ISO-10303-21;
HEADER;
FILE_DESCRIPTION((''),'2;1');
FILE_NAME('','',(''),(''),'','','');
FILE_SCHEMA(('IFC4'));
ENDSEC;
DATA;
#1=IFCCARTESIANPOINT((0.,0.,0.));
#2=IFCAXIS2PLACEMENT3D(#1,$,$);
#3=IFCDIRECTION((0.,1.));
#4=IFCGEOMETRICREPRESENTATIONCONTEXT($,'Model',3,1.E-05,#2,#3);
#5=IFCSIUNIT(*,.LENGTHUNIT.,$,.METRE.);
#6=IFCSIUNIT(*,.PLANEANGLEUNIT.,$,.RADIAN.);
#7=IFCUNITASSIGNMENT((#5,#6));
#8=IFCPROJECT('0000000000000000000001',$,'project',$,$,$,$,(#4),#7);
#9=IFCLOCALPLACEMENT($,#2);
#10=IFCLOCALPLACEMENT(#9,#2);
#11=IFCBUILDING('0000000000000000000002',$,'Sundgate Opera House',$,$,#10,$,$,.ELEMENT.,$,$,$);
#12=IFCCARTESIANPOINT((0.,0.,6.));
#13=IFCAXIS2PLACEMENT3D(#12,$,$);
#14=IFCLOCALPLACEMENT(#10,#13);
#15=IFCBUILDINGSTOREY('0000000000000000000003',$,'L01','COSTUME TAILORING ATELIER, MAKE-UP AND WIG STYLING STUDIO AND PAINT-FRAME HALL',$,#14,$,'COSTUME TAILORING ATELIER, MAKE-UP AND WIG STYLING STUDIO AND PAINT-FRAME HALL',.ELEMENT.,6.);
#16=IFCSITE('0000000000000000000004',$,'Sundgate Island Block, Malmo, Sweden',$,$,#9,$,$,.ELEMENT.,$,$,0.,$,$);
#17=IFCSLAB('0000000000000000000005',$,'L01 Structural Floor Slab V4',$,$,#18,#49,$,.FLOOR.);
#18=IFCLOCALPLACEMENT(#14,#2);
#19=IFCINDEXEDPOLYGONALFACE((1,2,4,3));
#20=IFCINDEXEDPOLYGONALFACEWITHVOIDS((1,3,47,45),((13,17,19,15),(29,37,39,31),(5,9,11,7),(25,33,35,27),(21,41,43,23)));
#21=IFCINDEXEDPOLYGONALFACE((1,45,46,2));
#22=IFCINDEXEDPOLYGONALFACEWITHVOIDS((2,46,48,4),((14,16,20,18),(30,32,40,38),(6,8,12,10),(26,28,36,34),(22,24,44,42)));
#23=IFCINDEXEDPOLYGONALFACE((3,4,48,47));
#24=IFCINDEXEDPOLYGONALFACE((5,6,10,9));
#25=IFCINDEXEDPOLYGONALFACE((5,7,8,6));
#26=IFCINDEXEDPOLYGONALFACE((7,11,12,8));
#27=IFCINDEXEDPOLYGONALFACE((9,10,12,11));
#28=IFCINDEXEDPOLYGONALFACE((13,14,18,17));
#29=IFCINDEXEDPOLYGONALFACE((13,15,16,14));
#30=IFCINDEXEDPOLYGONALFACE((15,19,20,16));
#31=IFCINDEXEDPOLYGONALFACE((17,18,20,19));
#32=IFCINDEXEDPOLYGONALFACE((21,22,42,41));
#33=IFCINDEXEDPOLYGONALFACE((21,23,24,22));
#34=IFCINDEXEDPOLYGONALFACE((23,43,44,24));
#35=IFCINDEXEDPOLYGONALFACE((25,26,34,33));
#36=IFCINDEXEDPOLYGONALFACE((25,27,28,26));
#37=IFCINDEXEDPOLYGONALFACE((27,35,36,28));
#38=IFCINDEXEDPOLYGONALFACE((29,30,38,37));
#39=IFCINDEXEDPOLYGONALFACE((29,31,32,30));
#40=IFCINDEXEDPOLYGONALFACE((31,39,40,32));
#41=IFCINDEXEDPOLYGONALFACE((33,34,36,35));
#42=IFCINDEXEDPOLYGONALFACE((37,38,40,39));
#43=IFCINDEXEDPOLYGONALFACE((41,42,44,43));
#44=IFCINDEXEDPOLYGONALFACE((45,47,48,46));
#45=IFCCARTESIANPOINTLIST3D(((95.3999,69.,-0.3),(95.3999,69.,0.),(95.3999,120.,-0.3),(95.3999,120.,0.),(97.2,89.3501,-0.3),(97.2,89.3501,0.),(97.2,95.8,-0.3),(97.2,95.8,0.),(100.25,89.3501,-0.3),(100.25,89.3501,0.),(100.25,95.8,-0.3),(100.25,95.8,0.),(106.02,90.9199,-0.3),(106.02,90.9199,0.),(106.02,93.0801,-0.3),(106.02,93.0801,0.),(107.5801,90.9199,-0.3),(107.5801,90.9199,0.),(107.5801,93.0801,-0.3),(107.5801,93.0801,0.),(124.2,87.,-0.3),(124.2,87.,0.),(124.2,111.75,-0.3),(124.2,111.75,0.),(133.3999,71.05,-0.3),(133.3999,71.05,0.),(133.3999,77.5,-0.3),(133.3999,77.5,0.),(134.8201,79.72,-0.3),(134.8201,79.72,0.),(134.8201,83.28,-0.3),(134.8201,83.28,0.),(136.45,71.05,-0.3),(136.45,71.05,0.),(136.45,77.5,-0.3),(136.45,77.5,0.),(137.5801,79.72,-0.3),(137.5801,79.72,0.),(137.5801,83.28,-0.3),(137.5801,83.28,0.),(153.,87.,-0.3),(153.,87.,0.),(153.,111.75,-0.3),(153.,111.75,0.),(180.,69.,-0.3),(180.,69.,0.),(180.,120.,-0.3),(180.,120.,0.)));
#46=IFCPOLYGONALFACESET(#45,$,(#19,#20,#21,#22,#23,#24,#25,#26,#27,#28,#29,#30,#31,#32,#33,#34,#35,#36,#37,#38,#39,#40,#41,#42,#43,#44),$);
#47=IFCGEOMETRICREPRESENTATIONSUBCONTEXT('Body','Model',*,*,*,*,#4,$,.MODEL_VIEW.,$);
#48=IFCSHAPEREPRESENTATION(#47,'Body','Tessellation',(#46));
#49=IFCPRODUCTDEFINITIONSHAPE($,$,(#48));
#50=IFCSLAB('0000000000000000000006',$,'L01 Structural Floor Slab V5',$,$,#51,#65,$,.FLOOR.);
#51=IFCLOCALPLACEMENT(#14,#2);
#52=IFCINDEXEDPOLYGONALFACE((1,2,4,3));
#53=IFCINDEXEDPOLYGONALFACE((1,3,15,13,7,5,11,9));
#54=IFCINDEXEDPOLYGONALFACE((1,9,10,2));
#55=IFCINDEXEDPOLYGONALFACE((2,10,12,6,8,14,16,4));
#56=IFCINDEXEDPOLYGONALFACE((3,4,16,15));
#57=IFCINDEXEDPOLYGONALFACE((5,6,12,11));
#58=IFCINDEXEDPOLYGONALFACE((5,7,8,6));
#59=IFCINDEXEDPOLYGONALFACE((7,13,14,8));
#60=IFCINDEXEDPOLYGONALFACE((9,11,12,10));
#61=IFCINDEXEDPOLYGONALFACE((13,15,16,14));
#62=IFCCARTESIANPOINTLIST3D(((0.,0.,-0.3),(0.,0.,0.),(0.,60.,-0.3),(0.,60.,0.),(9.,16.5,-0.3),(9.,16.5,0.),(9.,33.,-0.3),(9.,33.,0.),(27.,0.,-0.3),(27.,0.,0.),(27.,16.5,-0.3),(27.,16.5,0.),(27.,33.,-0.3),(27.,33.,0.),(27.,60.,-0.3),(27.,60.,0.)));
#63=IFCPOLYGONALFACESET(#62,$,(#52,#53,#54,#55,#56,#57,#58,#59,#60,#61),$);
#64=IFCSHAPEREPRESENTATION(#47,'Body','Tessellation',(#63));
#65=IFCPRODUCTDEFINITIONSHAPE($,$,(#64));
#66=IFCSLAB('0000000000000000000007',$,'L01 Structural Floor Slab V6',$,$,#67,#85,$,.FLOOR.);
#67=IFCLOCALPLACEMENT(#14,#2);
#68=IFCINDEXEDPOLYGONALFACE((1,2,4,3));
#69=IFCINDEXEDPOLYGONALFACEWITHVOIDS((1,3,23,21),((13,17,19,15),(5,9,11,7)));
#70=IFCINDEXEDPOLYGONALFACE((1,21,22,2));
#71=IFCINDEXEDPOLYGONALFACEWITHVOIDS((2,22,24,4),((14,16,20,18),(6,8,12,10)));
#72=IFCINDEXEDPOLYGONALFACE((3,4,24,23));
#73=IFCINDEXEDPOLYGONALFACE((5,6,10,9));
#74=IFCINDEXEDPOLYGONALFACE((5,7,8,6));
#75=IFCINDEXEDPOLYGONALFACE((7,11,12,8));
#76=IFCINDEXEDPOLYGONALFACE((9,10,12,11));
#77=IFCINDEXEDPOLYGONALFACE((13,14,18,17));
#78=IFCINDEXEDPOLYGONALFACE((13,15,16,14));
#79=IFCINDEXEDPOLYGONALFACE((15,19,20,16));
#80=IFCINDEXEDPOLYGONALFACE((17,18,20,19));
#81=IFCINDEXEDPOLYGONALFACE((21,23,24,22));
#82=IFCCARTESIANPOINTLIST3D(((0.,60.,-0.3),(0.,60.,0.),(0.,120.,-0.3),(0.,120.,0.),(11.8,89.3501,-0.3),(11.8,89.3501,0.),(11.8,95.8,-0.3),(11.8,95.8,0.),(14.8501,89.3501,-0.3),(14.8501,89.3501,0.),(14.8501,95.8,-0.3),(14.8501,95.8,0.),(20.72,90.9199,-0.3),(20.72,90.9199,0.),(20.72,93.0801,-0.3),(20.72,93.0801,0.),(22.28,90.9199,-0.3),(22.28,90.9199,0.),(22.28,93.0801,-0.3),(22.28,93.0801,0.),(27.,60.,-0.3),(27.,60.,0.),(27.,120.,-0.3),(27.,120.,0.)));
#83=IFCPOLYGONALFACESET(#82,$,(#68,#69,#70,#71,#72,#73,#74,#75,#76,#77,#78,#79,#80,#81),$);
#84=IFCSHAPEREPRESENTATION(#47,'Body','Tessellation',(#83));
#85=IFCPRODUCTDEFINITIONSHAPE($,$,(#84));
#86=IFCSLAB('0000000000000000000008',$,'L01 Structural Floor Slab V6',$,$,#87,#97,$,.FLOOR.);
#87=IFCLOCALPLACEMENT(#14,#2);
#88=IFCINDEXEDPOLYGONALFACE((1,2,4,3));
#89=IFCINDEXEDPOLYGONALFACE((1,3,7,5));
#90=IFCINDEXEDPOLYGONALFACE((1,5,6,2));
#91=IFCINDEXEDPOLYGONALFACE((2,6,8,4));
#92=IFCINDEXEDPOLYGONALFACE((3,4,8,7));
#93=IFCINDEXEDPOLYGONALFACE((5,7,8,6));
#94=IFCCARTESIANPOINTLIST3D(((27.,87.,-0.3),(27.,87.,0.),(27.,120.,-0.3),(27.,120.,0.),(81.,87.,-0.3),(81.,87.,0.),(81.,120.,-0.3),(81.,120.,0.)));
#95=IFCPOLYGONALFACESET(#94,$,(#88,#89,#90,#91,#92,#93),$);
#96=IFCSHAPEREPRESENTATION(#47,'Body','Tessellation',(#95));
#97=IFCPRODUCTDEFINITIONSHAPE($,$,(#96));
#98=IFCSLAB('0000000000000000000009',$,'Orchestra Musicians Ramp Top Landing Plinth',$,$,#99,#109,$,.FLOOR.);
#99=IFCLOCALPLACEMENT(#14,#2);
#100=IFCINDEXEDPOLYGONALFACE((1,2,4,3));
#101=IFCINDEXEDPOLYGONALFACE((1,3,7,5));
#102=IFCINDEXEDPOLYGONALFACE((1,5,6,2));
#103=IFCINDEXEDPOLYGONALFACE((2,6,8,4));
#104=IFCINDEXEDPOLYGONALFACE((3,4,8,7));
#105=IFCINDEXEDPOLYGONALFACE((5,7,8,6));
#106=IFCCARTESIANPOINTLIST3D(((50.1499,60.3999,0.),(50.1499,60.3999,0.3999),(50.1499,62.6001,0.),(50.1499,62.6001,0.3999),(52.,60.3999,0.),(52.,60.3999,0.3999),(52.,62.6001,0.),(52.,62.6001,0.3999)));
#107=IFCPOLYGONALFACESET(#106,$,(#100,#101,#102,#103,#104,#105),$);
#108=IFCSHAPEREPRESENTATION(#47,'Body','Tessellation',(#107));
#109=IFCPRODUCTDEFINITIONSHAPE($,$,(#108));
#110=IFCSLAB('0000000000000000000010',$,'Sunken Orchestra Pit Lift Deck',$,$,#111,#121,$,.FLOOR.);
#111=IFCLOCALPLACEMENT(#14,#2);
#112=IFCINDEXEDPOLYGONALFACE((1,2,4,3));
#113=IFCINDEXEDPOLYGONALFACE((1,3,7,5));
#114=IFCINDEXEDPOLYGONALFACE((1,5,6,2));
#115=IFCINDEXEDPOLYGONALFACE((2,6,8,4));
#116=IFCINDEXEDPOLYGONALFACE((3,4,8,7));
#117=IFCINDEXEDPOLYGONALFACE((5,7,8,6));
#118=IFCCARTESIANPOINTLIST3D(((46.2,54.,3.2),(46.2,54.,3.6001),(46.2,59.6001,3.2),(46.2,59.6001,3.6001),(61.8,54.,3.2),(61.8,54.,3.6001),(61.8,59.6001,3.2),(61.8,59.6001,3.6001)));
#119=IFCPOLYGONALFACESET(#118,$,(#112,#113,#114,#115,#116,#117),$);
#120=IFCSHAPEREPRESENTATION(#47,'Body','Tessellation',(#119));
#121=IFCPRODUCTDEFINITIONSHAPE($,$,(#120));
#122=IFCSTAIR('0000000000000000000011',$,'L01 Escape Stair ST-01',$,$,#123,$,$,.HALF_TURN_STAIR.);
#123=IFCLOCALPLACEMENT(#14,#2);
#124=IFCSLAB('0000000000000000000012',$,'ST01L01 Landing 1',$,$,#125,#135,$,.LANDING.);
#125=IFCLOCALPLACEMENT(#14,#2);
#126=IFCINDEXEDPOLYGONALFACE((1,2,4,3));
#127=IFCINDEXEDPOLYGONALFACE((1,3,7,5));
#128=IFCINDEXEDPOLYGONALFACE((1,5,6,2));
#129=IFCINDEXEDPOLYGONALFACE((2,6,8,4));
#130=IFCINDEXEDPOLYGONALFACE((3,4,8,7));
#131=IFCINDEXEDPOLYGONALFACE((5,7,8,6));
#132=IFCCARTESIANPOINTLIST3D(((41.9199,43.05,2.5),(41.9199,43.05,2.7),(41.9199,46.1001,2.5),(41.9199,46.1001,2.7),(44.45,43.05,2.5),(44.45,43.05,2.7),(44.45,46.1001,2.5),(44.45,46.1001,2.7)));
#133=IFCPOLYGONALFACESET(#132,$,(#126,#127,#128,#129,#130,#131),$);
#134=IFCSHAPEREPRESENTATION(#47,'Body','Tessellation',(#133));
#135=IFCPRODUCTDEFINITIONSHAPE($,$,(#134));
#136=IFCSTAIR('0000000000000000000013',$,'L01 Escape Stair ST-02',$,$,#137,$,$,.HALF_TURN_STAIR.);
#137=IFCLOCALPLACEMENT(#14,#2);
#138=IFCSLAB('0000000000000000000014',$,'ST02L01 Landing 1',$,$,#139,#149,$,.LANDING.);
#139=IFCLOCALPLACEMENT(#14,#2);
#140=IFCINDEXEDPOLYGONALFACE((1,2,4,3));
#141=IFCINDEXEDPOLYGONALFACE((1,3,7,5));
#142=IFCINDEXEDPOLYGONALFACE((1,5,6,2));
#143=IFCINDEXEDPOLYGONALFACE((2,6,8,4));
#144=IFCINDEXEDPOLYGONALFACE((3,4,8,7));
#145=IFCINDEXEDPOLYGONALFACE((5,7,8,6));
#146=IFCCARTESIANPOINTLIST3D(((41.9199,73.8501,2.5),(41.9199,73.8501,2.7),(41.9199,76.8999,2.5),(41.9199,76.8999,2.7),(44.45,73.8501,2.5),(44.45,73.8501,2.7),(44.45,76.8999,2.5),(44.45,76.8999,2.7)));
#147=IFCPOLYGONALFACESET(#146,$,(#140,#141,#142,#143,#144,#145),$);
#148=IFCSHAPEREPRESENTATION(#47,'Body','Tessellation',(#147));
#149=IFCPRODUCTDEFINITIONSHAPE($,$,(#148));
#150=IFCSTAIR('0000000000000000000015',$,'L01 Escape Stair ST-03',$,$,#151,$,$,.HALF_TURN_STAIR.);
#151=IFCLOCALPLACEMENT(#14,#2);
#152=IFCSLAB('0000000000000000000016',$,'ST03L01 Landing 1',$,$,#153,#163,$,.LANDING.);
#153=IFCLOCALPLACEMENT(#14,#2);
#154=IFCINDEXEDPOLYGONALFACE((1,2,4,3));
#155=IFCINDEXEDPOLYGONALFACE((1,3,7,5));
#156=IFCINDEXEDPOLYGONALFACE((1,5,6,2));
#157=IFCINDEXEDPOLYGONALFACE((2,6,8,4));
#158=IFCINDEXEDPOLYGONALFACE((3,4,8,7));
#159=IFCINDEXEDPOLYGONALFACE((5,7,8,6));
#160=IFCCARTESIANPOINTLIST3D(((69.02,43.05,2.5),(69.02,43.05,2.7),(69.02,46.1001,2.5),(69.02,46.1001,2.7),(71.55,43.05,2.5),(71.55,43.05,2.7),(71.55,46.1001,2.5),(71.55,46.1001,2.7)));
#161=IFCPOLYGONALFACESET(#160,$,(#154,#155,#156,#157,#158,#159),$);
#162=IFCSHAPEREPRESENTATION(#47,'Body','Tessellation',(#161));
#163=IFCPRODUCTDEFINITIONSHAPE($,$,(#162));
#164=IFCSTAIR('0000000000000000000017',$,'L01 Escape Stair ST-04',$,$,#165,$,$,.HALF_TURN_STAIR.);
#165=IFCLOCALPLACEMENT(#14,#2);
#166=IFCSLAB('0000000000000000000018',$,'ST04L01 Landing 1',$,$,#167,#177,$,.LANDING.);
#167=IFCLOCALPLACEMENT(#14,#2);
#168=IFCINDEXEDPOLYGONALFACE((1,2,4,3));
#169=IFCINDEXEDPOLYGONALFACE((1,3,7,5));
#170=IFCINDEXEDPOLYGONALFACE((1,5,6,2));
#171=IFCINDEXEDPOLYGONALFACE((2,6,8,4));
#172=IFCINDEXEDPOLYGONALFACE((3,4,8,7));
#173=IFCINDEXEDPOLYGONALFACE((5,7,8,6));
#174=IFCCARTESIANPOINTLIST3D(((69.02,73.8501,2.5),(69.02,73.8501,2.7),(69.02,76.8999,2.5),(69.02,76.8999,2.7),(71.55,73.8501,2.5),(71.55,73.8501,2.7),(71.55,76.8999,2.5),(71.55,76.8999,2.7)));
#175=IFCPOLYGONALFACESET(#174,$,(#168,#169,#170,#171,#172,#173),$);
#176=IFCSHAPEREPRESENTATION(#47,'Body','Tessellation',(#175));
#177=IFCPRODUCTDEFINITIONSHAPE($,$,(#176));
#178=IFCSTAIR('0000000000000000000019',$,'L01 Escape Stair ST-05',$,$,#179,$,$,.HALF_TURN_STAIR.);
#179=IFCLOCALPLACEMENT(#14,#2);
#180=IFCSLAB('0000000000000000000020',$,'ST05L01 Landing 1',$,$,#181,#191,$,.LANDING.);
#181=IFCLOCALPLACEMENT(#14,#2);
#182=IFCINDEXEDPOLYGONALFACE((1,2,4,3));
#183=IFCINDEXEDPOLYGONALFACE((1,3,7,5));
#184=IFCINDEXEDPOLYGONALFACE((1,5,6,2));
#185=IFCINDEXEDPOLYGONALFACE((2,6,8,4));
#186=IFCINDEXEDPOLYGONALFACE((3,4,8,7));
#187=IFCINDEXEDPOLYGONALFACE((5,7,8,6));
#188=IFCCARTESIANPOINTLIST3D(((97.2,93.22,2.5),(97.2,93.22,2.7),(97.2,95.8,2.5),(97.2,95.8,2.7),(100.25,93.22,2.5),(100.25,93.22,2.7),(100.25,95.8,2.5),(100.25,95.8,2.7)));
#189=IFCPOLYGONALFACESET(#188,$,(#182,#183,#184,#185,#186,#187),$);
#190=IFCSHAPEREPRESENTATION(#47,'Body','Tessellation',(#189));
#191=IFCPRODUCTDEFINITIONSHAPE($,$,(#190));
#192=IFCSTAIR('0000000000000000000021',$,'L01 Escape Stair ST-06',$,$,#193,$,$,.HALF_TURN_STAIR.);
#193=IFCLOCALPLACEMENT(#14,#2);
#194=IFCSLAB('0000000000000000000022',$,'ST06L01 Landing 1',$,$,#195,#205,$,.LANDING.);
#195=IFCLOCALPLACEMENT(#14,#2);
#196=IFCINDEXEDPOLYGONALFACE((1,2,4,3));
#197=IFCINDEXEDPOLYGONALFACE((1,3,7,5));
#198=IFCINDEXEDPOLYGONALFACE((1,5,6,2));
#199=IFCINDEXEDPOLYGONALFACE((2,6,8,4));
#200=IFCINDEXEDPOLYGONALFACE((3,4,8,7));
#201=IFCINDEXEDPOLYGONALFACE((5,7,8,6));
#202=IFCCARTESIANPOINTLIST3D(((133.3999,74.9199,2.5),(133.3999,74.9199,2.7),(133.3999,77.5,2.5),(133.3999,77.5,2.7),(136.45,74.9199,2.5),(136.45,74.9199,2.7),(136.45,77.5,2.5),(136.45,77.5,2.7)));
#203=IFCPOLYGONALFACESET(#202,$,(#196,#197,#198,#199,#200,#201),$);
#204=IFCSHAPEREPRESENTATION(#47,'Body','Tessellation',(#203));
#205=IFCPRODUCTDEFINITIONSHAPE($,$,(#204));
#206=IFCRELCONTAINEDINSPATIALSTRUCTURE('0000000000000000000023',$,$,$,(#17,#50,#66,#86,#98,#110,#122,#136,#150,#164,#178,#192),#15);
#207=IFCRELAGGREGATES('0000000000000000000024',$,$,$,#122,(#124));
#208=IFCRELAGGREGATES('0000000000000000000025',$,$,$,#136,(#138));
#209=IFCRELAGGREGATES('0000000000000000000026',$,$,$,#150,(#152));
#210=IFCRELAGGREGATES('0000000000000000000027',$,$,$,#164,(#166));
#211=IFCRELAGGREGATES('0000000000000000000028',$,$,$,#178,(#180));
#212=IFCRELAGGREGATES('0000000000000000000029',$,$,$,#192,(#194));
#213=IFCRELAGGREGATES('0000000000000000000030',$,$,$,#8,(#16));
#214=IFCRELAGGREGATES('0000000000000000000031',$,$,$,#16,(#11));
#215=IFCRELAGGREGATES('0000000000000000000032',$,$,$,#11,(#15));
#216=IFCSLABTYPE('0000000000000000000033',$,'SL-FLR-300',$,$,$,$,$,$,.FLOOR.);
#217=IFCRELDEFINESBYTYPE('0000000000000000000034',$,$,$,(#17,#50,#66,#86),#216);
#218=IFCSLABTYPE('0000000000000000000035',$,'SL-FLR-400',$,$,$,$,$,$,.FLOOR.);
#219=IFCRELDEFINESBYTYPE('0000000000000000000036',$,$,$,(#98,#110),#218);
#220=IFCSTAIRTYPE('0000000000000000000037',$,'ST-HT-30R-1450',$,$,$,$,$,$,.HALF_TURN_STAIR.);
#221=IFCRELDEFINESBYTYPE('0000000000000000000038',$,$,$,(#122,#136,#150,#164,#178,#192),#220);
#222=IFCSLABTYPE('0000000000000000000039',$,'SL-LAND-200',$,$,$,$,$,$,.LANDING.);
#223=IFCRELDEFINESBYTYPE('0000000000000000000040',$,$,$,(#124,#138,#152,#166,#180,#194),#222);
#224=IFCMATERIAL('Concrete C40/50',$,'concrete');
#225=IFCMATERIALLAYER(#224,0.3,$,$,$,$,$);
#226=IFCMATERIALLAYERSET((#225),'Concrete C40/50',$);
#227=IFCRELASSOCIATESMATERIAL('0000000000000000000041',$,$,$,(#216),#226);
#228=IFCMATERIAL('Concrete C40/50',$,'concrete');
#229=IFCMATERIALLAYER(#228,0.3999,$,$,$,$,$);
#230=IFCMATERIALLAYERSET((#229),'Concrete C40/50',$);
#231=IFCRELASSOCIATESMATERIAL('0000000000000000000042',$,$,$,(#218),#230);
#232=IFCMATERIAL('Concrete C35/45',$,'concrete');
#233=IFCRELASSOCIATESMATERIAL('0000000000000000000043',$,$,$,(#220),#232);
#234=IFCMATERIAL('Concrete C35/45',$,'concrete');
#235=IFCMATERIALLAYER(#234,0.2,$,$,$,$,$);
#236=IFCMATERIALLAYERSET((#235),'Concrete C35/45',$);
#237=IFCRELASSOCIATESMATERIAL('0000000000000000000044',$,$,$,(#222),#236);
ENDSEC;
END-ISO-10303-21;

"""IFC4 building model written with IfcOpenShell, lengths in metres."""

from ifc_helpers import new_model, si_unit, direction, frame, origin, place, context, subcontext, project, spatial, polyline, outline, extrude, material, layer, layer_set, type_object, element, aggregate, save


model = new_model("IFC4")

# Units and contexts
model_context = context("Model", 3, precision=1e-05, world=origin(), true_north=direction((0.0, 1.0)))
body_context = subcontext(model_context, "Body", "Model", "MODEL_VIEW")
ifc_project = project(units=[si_unit("LENGTHUNIT", "METRE"), si_unit("PLANEANGLEUNIT", "RADIAN")], contexts=[model_context])

# Site, building, storey
site_placement = place(None, origin())
site = spatial("IfcSite", under=ifc_project, at=site_placement, Name="Sundgate Island Block, Malmo, Sweden", CompositionType="ELEMENT", RefElevation=0.0)
building_placement = place(site_placement, origin())
building = spatial("IfcBuilding", under=site, at=building_placement, Name="Sundgate Opera House", CompositionType="ELEMENT")
storey_placement = place(building_placement, frame((0.0, 0.0, 6.0)))
storey = spatial("IfcBuildingStorey", under=building, at=storey_placement, Name="L01", Description="COSTUME TAILORING ATELIER, MAKE-UP AND WIG STYLING STUDIO AND PAINT-FRAME HALL", LongName="COSTUME TAILORING ATELIER, MAKE-UP AND WIG STYLING STUDIO AND PAINT-FRAME HALL", CompositionType="ELEMENT", Elevation=6.0)

# Slabs
ifc_material_1 = material(Name="Concrete C40/50", Category="concrete")
ifc_layer_1 = layer(ifc_material_1, 0.3)
ifc_layer_set_1 = layer_set([ifc_layer_1], Name="Concrete C40/50")
slab_type_1 = type_object("IfcSlabType", Name="SL-FLR-300", PredefinedType="FLOOR", material=ifc_layer_set_1)
slab_1_placement = place(storey_placement, frame((0.0, 0.0, -0.3)))
element("IfcSlab", 1, at=slab_1_placement, inside=storey, type_object=slab_type_1, Name="L01 Structural Floor Slab V4", PredefinedType="FLOOR", context=body_context, shape_type="SweptSolid", body=[
    extrude(outline(polyline([(95.3999, 69.0), (180.0, 69.0), (180.0, 120.0), (95.3999, 120.0), (95.3999, 69.0)]), holes=[polyline([(124.2, 111.75), (153.0, 111.75), (153.0, 87.0), (124.2, 87.0), (124.2, 111.75)]), polyline([(97.2, 95.8), (100.25, 95.8), (100.25, 89.3501), (97.2, 89.3501), (97.2, 95.8)]), polyline([(133.3999, 77.5), (136.45, 77.5), (136.45, 71.05), (133.3999, 71.05), (133.3999, 77.5)]), polyline([(106.02, 93.0801), (107.5801, 93.0801), (107.5801, 90.9199), (106.02, 90.9199), (106.02, 93.0801)]), polyline([(134.8201, 83.28), (137.5801, 83.28), (137.5801, 79.72), (134.8201, 79.72), (134.8201, 83.28)])]), origin(), (0.0, 0.0, 1.0), 0.3),
])
slab_2_placement = place(storey_placement, frame((0.0, 0.0, -0.3)))
element("IfcSlab", 2, at=slab_2_placement, inside=storey, type_object=slab_type_1, Name="L01 Structural Floor Slab V5", PredefinedType="FLOOR", context=body_context, shape_type="SweptSolid", body=[
    extrude(outline(polyline([(0.0, 0.0), (27.0, 0.0), (27.0, 16.5), (9.0, 16.5), (9.0, 33.0), (27.0, 33.0), (27.0, 60.0), (0.0, 60.0), (0.0, 0.0)])), origin(), (0.0, 0.0, 1.0), 0.3),
])
slab_3_placement = place(storey_placement, frame((0.0, 0.0, -0.3)))
element("IfcSlab", 3, at=slab_3_placement, inside=storey, type_object=slab_type_1, Name="L01 Structural Floor Slab V6", PredefinedType="FLOOR", context=body_context, shape_type="SweptSolid", body=[
    extrude(outline(polyline([(0.0, 60.0), (27.0, 60.0), (27.0, 120.0), (0.0, 120.0), (0.0, 60.0)]), holes=[polyline([(11.8, 95.8), (14.8501, 95.8), (14.8501, 89.3501), (11.8, 89.3501), (11.8, 95.8)]), polyline([(20.72, 93.0801), (22.28, 93.0801), (22.28, 90.9199), (20.72, 90.9199), (20.72, 93.0801)])]), origin(), (0.0, 0.0, 1.0), 0.3),
])
slab_4_placement = place(storey_placement, frame((0.0, 0.0, -0.3)))
element("IfcSlab", 4, at=slab_4_placement, inside=storey, type_object=slab_type_1, Name="L01 Structural Floor Slab V6", PredefinedType="FLOOR", context=body_context, shape_type="SweptSolid", body=[
    extrude(outline(polyline([(27.0, 87.0), (81.0, 87.0), (81.0, 120.0), (27.0, 120.0), (27.0, 87.0)])), origin(), (0.0, 0.0, 1.0), 0.3),
])
ifc_material_2 = material(Name="Concrete C40/50", Category="concrete")
ifc_layer_2 = layer(ifc_material_2, 0.3999)
ifc_layer_set_2 = layer_set([ifc_layer_2], Name="Concrete C40/50")
slab_type_2 = type_object("IfcSlabType", Name="SL-FLR-400", PredefinedType="FLOOR", material=ifc_layer_set_2)
slab_5_placement = place(storey_placement, origin())
element("IfcSlab", 5, at=slab_5_placement, inside=storey, type_object=slab_type_2, Name="Orchestra Musicians Ramp Top Landing Plinth", PredefinedType="FLOOR", context=body_context, shape_type="SweptSolid", body=[
    extrude(outline(polyline([(50.1499, 60.3999), (52.0, 60.3999), (52.0, 62.6001), (50.1499, 62.6001), (50.1499, 60.3999)])), origin(), (0.0, 0.0, 1.0), 0.3999),
])
slab_6_placement = place(storey_placement, frame((0.0, 0.0, 3.2)))
element("IfcSlab", 6, at=slab_6_placement, inside=storey, type_object=slab_type_2, Name="Sunken Orchestra Pit Lift Deck", PredefinedType="FLOOR", context=body_context, shape_type="SweptSolid", body=[
    extrude(outline(polyline([(46.2, 54.0), (61.8, 54.0), (61.8, 59.6001), (46.2, 59.6001), (46.2, 54.0)])), origin(), (0.0, 0.0, 1.0), 0.4001),
])

# Stairs, slabs
ifc_material_3 = material(Name="Concrete C35/45", Category="concrete")
stair_type = type_object("IfcStairType", Name="ST-HT-30R-1450", PredefinedType="HALF_TURN_STAIR", material=ifc_material_3)
stair_1_placement = place(storey_placement, origin())
stair_1 = element("IfcStair", 7, at=stair_1_placement, inside=storey, type_object=stair_type, Name="L01 Escape Stair ST-01", PredefinedType="HALF_TURN_STAIR")
ifc_material_4 = material(Name="Concrete C35/45", Category="concrete")
ifc_layer_3 = layer(ifc_material_4, 0.2)
ifc_layer_set_3 = layer_set([ifc_layer_3], Name="Concrete C35/45")
slab_type_3 = type_object("IfcSlabType", Name="SL-LAND-200", PredefinedType="LANDING", material=ifc_layer_set_3)
slab_7_placement = place(storey_placement, frame((0.0, 0.0, 2.5)))
slab_7 = element("IfcSlab", 8, at=slab_7_placement, type_object=slab_type_3, Name="ST01L01 Landing 1", PredefinedType="LANDING", context=body_context, shape_type="SweptSolid", body=[
    extrude(outline(polyline([(41.9199, 43.05), (44.45, 43.05), (44.45, 46.1001), (41.9199, 46.1001), (41.9199, 43.05)])), origin(), (0.0, 0.0, 1.0), 0.2),
])
aggregate(stair_1, [slab_7])
stair_2_placement = place(storey_placement, origin())
stair_2 = element("IfcStair", 9, at=stair_2_placement, inside=storey, type_object=stair_type, Name="L01 Escape Stair ST-02", PredefinedType="HALF_TURN_STAIR")
slab_8_placement = place(storey_placement, frame((0.0, 0.0, 2.5)))
slab_8 = element("IfcSlab", 10, at=slab_8_placement, type_object=slab_type_3, Name="ST02L01 Landing 1", PredefinedType="LANDING", context=body_context, shape_type="SweptSolid", body=[
    extrude(outline(polyline([(41.9199, 73.8501), (44.45, 73.8501), (44.45, 76.8999), (41.9199, 76.8999), (41.9199, 73.8501)])), origin(), (0.0, 0.0, 1.0), 0.2),
])
aggregate(stair_2, [slab_8])
stair_3_placement = place(storey_placement, origin())
stair_3 = element("IfcStair", 11, at=stair_3_placement, inside=storey, type_object=stair_type, Name="L01 Escape Stair ST-03", PredefinedType="HALF_TURN_STAIR")
slab_9_placement = place(storey_placement, frame((0.0, 0.0, 2.5)))
slab_9 = element("IfcSlab", 12, at=slab_9_placement, type_object=slab_type_3, Name="ST03L01 Landing 1", PredefinedType="LANDING", context=body_context, shape_type="SweptSolid", body=[
    extrude(outline(polyline([(69.02, 43.05), (71.55, 43.05), (71.55, 46.1001), (69.02, 46.1001), (69.02, 43.05)])), origin(), (0.0, 0.0, 1.0), 0.2),
])
aggregate(stair_3, [slab_9])
stair_4_placement = place(storey_placement, origin())
stair_4 = element("IfcStair", 13, at=stair_4_placement, inside=storey, type_object=stair_type, Name="L01 Escape Stair ST-04", PredefinedType="HALF_TURN_STAIR")
slab_10_placement = place(storey_placement, frame((0.0, 0.0, 2.5)))
slab_10 = element("IfcSlab", 14, at=slab_10_placement, type_object=slab_type_3, Name="ST04L01 Landing 1", PredefinedType="LANDING", context=body_context, shape_type="SweptSolid", body=[
    extrude(outline(polyline([(69.02, 73.8501), (71.55, 73.8501), (71.55, 76.8999), (69.02, 76.8999), (69.02, 73.8501)])), origin(), (0.0, 0.0, 1.0), 0.2),
])
aggregate(stair_4, [slab_10])
stair_5_placement = place(storey_placement, origin())
stair_5 = element("IfcStair", 15, at=stair_5_placement, inside=storey, type_object=stair_type, Name="L01 Escape Stair ST-05", PredefinedType="HALF_TURN_STAIR")
slab_11_placement = place(storey_placement, frame((0.0, 0.0, 2.5)))
slab_11 = element("IfcSlab", 16, at=slab_11_placement, type_object=slab_type_3, Name="ST05L01 Landing 1", PredefinedType="LANDING", context=body_context, shape_type="SweptSolid", body=[
    extrude(outline(polyline([(100.25, 93.22), (100.25, 95.8), (97.2, 95.8), (97.2, 93.22), (100.25, 93.22)])), origin(), (0.0, 0.0, 1.0), 0.2),
])
aggregate(stair_5, [slab_11])
stair_6_placement = place(storey_placement, origin())
stair_6 = element("IfcStair", 17, at=stair_6_placement, inside=storey, type_object=stair_type, Name="L01 Escape Stair ST-06", PredefinedType="HALF_TURN_STAIR")
slab_12_placement = place(storey_placement, frame((0.0, 0.0, 2.5)))
slab_12 = element("IfcSlab", 18, at=slab_12_placement, type_object=slab_type_3, Name="ST06L01 Landing 1", PredefinedType="LANDING", context=body_context, shape_type="SweptSolid", body=[
    extrude(outline(polyline([(136.45, 74.9199), (136.45, 77.5), (133.3999, 77.5), (133.3999, 74.9199), (136.45, 74.9199)])), origin(), (0.0, 0.0, 1.0), 0.2),
])
aggregate(stair_6, [slab_12])

save(model, "model.ifc")
